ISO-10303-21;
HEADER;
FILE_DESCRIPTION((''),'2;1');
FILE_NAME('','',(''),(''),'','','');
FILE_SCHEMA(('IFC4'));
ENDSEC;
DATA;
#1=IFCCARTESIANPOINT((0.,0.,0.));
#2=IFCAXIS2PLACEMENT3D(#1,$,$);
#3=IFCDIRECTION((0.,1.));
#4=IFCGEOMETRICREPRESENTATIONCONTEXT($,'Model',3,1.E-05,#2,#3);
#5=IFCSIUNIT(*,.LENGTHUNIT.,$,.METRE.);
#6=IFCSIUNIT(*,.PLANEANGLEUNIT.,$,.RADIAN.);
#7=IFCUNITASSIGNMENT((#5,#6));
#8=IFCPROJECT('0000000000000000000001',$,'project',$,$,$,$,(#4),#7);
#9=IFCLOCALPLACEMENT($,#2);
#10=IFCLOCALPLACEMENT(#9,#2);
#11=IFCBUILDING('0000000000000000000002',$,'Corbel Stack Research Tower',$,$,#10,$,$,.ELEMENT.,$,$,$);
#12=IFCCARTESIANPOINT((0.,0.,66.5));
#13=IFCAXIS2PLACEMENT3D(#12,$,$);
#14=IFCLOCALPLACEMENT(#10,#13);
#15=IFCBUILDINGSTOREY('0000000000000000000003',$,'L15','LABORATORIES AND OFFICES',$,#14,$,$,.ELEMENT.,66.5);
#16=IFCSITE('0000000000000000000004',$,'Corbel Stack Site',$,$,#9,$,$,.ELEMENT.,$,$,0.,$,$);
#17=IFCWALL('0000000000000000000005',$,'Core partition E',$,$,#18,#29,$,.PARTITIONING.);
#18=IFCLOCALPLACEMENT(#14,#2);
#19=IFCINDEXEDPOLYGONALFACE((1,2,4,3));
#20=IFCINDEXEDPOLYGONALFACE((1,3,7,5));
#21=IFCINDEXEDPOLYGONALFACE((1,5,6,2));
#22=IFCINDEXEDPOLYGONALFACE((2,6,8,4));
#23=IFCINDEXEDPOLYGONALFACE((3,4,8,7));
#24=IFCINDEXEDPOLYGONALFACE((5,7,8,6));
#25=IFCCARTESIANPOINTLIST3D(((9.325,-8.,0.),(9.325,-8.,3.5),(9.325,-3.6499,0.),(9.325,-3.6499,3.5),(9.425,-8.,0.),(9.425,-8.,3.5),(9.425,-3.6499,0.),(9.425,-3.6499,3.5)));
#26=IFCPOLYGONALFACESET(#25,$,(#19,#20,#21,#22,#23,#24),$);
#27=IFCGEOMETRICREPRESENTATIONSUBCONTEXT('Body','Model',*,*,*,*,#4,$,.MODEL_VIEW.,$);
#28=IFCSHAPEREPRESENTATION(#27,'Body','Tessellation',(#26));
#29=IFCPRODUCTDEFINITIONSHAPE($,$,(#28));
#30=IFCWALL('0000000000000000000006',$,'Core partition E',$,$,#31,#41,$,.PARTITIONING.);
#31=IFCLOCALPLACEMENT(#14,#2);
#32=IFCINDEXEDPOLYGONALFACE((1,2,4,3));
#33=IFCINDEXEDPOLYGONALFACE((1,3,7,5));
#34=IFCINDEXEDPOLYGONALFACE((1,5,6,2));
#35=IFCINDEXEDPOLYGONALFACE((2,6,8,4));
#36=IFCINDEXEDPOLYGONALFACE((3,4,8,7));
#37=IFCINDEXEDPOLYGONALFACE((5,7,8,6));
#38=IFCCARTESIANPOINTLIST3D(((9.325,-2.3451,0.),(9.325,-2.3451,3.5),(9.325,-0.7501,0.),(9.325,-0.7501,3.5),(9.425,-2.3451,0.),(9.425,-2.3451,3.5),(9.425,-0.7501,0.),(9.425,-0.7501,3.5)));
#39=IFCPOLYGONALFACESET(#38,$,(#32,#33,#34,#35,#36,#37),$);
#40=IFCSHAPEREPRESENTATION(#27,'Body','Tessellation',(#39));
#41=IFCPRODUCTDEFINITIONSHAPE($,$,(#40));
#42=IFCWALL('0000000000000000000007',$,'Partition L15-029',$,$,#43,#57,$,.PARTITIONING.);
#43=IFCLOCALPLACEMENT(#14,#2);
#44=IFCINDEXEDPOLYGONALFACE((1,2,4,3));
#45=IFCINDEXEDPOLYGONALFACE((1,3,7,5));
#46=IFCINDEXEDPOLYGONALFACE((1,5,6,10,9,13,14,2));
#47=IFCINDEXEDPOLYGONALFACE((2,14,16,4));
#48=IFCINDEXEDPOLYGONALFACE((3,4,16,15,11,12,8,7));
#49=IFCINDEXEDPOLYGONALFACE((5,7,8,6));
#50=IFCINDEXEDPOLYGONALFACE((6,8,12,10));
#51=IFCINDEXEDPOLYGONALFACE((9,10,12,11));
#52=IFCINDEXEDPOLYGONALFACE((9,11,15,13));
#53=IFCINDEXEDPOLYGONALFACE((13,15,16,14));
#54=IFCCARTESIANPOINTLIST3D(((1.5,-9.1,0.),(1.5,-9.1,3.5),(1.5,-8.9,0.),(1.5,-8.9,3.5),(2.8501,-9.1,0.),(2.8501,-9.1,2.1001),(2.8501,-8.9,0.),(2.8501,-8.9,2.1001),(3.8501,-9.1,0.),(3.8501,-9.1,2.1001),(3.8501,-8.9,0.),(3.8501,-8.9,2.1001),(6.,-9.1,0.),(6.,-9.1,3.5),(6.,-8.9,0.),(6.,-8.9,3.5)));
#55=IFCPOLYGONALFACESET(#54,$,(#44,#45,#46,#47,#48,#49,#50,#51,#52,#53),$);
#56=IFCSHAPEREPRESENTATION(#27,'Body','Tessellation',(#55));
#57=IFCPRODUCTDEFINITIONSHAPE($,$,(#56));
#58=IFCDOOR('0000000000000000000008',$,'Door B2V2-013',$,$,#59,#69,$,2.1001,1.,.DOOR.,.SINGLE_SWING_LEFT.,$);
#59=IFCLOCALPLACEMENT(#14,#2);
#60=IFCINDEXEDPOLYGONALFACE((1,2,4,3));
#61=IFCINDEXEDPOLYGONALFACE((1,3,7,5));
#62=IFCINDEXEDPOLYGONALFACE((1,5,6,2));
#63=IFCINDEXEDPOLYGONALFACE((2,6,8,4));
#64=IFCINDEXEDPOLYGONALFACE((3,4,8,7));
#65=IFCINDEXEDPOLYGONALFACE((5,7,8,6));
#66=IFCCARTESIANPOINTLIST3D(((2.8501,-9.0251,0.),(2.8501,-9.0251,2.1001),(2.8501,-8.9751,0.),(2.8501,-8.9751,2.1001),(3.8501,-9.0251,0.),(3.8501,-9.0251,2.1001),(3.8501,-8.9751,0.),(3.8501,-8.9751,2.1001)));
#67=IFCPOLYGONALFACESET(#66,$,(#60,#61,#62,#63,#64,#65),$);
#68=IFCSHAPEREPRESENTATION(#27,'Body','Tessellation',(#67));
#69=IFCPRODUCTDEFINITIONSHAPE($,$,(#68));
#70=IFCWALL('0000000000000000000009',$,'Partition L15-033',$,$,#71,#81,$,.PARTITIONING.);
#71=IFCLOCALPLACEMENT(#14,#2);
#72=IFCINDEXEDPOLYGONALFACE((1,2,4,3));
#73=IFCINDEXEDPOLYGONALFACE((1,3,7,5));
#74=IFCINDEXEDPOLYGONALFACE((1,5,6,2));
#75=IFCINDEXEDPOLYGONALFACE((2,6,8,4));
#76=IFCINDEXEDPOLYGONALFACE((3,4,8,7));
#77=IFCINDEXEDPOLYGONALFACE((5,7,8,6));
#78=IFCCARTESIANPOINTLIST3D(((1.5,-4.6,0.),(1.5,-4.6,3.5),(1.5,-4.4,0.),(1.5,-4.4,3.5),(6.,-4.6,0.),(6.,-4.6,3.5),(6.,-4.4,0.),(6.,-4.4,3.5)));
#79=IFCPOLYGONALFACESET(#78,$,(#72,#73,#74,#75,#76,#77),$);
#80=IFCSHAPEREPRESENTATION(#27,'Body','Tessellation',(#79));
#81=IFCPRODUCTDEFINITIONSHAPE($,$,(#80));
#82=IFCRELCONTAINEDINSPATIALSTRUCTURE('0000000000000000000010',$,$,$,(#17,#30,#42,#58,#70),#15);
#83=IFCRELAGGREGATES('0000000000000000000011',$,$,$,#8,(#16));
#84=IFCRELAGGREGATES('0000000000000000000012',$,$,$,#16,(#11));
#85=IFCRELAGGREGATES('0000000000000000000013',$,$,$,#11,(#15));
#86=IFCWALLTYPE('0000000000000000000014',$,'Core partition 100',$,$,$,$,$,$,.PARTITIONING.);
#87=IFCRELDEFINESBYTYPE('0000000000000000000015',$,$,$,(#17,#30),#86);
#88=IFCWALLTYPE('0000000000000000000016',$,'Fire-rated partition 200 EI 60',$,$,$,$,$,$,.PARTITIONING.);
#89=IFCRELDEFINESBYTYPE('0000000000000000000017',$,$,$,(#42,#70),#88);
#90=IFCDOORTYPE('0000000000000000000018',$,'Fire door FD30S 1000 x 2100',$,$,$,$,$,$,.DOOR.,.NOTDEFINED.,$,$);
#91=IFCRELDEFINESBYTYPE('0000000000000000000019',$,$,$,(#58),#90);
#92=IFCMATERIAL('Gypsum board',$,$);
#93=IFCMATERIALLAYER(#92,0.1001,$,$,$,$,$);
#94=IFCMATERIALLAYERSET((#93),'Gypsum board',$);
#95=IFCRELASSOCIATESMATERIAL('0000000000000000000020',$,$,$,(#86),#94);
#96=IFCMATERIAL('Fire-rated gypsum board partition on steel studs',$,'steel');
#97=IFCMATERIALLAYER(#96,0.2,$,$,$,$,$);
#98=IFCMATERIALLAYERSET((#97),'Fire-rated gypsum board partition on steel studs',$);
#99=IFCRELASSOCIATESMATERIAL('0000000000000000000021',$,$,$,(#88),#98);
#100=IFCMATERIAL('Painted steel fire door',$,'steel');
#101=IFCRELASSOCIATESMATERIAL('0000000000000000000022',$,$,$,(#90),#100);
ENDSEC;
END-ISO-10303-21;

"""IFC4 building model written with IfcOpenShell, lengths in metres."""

from ifc_helpers import new_model, si_unit, direction, frame, frame_2d, origin, place, context, subcontext, project, spatial, rectangle, extrude, material, layer, layer_set, type_object, element, fill, save


model = new_model("IFC4")

# Units and contexts
model_context = context("Model", 3, precision=1e-05, world=origin(), true_north=direction((0.0, 1.0)))
body_context = subcontext(model_context, "Body", "Model", "MODEL_VIEW")
ifc_project = project(units=[si_unit("LENGTHUNIT", "METRE"), si_unit("PLANEANGLEUNIT", "RADIAN")], contexts=[model_context])

# Site, building, storey
site_placement = place(None, origin())
site = spatial("IfcSite", under=ifc_project, at=site_placement, Name="Corbel Stack Site", CompositionType="ELEMENT", RefElevation=0.0)
building_placement = place(site_placement, origin())
building = spatial("IfcBuilding", under=site, at=building_placement, Name="Corbel Stack Research Tower", CompositionType="ELEMENT")
storey_placement = place(building_placement, frame((0.0, 0.0, 66.5)))
storey = spatial("IfcBuildingStorey", under=building, at=storey_placement, Name="L15", Description="LABORATORIES AND OFFICES", CompositionType="ELEMENT", Elevation=66.5)

# Shared definitions
ifc_material_1 = material(Name="Gypsum board")
ifc_layer_1 = layer(ifc_material_1, 0.1001)
ifc_layer_set_1 = layer_set([ifc_layer_1], Name="Gypsum board")
wall_type_1 = type_object("IfcWallType", Name="Core partition 100", PredefinedType="PARTITIONING", material=ifc_layer_set_1)

# Walls
wall_1_placement = place(storey_placement, frame((9.375, -8.0, 0.0), z_axis=(0.0, 0.0, 1.0), x_axis=(0.0, 1.0, 0.0)))
element("IfcWall", 1, at=wall_1_placement, inside=storey, type_object=wall_type_1, Name="Core partition E", PredefinedType="PARTITIONING", context=body_context, shape_type="SweptSolid", body=[
    extrude(rectangle(XDim=4.3501, YDim=0.1001, at=frame_2d((2.175, 0.0))), origin(), (0.0, 0.0, 1.0), 3.5),
])
wall_2_placement = place(storey_placement, frame((9.375, -2.345, 0.0), z_axis=(0.0, 0.0, 1.0), x_axis=(0.0, 1.0, 0.0)))
element("IfcWall", 2, at=wall_2_placement, inside=storey, type_object=wall_type_1, Name="Core partition E", PredefinedType="PARTITIONING", context=body_context, shape_type="SweptSolid", body=[
    extrude(rectangle(XDim=1.595, YDim=0.1001, at=frame_2d((0.7974, 0.0))), origin(), (0.0, 0.0, 1.0), 3.5),
])

# Wall, opening, door
ifc_material_2 = material(Name="Fire-rated gypsum board partition on steel studs", Category="steel")
ifc_layer_2 = layer(ifc_material_2, 0.2)
ifc_layer_set_2 = layer_set([ifc_layer_2], Name="Fire-rated gypsum board partition on steel studs")
wall_type_2 = type_object("IfcWallType", Name="Fire-rated partition 200 EI 60", PredefinedType="PARTITIONING", material=ifc_layer_set_2)
wall_3_placement = place(storey_placement, frame((1.5, -9.0, 0.0), z_axis=(0.0, 0.0, 1.0), x_axis=(1.0, 0.0, 0.0)))
wall_3 = element("IfcWall", 3, at=wall_3_placement, inside=storey, type_object=wall_type_2, Name="Partition L15-029", PredefinedType="PARTITIONING", context=body_context, shape_type="SweptSolid", body=[
    extrude(rectangle(XDim=4.5, YDim=0.2, at=frame_2d((2.25, 0.0))), origin(), (0.0, 0.0, 1.0), 3.5),
])
opening_1_placement = place(wall_3_placement, frame((1.3501, 0.0, 0.0)))
opening_1 = element("IfcOpeningElement", 4, at=opening_1_placement, cuts=wall_3, PredefinedType="OPENING", context=body_context, shape_type="SweptSolid", body=[
    extrude(rectangle(XDim=1.0, YDim=2.1001, at=frame_2d((0.5, 1.05))), frame((0.0, 0.1099, 0.0), z_axis=(0.0, -1.0, 0.0), x_axis=(1.0, 0.0, 0.0)), (0.0, 0.0, 1.0), 0.22),
])
ifc_material_3 = material(Name="Painted steel fire door", Category="steel")
door_type_1 = type_object("IfcDoorType", Name="Fire door FD30S 1000 x 2100", OperationType="NOTDEFINED", PredefinedType="DOOR", material=ifc_material_3)
door_1_placement = place(opening_1_placement, origin())
door_1 = element("IfcDoor", 5, at=door_1_placement, inside=storey, type_object=door_type_1, Name="Door B2V2-013", OperationType="SINGLE_SWING_LEFT", OverallHeight=2.1001, OverallWidth=1.0, PredefinedType="DOOR", context=body_context, shape_type="SweptSolid", body=[
    extrude(rectangle(XDim=1.0, YDim=2.1001, at=frame_2d((0.5, 1.05))), frame((0.0, 0.0249, 0.0), z_axis=(0.0, -1.0, 0.0), x_axis=(1.0, 0.0, 0.0)), (0.0, 0.0, 1.0), 0.05),
])
fill(opening_1, door_1)

# Wall
wall_4_placement = place(storey_placement, frame((1.5, -4.5, 0.0), z_axis=(0.0, 0.0, 1.0), x_axis=(1.0, 0.0, 0.0)))
element("IfcWall", 6, at=wall_4_placement, inside=storey, type_object=wall_type_2, Name="Partition L15-033", PredefinedType="PARTITIONING", context=body_context, shape_type="SweptSolid", body=[
    extrude(rectangle(XDim=4.5, YDim=0.2, at=frame_2d((2.25, 0.0))), origin(), (0.0, 0.0, 1.0), 3.5),
])

save(model, "model.ifc")
